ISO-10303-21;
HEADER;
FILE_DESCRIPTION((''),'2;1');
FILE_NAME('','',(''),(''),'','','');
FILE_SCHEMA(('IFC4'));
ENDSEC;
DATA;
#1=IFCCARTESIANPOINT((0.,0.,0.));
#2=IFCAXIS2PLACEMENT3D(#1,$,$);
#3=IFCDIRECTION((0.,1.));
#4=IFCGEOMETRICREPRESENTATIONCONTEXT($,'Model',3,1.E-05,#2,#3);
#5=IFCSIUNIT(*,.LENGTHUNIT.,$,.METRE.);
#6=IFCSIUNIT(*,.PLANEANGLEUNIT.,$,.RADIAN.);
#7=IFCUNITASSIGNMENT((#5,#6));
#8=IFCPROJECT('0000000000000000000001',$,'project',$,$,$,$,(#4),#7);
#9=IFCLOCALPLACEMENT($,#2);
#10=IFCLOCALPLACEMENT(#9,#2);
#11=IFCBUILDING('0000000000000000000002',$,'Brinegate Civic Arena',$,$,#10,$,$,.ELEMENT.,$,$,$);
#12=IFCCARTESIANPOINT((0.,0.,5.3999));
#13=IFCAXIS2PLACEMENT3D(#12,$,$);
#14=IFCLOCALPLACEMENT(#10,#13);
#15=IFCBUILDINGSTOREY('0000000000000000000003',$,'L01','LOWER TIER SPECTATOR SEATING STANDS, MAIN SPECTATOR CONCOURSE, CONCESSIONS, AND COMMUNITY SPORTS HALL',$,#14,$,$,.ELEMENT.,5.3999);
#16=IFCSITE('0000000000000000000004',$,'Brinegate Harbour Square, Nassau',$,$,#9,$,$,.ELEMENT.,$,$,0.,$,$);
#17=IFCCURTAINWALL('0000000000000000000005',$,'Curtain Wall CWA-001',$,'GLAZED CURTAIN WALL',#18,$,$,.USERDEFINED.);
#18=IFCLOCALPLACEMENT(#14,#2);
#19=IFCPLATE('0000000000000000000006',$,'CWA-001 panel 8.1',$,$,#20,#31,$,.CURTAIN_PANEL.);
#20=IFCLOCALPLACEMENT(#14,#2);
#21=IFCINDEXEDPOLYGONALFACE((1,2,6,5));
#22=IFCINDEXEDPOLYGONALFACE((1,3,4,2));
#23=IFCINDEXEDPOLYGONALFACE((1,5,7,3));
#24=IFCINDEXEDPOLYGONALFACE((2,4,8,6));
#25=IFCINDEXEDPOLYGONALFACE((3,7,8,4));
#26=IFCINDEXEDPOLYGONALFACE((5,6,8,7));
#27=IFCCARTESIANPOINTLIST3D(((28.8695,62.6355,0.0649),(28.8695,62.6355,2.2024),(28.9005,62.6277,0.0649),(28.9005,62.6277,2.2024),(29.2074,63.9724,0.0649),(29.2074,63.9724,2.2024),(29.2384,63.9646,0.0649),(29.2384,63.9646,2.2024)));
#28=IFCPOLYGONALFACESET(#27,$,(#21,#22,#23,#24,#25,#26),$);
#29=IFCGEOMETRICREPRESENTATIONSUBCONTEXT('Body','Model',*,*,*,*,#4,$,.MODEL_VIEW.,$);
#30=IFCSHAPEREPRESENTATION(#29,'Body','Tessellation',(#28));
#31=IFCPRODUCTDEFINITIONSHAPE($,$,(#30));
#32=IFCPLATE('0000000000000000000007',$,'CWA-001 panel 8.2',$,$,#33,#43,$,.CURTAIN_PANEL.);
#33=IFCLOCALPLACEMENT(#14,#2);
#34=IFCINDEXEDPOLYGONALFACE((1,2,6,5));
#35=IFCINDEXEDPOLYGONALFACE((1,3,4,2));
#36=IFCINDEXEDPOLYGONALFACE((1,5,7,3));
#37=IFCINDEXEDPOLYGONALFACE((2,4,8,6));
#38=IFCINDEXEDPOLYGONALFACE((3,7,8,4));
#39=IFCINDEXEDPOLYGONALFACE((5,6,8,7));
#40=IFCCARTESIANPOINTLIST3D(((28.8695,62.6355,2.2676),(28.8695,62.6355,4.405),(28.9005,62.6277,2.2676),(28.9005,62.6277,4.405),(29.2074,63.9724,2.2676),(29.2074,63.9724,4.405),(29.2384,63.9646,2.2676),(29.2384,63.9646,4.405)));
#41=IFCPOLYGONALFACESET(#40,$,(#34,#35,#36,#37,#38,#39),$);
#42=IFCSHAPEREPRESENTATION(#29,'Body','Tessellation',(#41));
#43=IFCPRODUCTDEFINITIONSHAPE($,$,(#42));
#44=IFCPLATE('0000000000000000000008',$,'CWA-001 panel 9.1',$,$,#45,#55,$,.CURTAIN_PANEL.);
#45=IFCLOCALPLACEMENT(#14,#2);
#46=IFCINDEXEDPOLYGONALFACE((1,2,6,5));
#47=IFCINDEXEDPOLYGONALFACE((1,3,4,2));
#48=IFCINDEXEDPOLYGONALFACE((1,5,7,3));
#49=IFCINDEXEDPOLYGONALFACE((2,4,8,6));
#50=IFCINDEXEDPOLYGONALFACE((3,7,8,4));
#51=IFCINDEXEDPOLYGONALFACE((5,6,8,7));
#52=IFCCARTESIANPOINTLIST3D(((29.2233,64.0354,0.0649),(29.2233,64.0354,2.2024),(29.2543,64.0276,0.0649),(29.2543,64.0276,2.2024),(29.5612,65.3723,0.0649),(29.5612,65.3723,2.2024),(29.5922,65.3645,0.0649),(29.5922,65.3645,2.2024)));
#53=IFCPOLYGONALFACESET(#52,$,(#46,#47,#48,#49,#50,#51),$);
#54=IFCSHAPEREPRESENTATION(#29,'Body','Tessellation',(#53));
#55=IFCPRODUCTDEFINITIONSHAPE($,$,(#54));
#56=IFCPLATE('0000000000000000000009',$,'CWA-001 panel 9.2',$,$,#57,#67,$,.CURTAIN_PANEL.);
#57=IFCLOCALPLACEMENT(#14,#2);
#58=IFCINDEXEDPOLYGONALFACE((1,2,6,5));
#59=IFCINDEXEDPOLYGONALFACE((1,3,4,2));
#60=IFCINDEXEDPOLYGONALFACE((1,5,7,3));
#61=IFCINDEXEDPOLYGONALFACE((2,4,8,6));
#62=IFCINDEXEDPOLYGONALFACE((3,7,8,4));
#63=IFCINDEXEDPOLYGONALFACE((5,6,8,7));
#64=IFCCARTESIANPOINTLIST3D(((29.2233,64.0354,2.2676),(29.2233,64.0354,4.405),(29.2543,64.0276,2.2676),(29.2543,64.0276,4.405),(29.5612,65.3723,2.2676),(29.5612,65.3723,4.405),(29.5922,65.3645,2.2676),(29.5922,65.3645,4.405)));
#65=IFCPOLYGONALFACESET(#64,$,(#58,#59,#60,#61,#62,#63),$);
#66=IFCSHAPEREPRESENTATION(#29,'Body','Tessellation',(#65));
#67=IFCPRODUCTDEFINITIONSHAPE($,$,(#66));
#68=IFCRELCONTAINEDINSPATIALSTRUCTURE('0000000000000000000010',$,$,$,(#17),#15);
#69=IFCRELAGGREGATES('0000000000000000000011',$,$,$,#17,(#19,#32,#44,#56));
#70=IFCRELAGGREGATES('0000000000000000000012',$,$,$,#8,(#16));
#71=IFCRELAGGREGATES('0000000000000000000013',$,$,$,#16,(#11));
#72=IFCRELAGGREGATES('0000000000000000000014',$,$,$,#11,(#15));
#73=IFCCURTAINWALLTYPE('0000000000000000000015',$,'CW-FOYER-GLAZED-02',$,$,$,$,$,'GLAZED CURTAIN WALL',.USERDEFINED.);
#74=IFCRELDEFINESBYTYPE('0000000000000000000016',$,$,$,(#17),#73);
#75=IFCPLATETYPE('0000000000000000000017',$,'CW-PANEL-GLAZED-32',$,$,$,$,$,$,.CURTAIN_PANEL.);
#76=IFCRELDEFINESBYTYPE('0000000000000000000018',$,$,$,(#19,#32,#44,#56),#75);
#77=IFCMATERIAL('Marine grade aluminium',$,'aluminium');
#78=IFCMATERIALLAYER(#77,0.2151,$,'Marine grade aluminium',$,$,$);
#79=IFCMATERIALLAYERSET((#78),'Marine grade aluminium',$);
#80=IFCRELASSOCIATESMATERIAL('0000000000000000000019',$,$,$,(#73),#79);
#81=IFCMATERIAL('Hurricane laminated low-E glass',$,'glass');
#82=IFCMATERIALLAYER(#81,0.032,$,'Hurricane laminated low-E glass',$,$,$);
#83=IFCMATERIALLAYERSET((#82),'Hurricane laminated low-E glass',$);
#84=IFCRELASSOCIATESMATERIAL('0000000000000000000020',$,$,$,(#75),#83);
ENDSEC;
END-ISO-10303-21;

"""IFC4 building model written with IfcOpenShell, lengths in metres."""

from ifc_helpers import new_model, si_unit, direction, frame, origin, origin_2d, place, context, subcontext, project, spatial, rectangle, extrude, material, layer, layer_set, type_object, element, aggregate, save


model = new_model("IFC4")

# Units and contexts
model_context = context("Model", 3, precision=1e-05, world=origin(), true_north=direction((0.0, 1.0)))
body_context = subcontext(model_context, "Body", "Model", "MODEL_VIEW")
ifc_project = project(units=[si_unit("LENGTHUNIT", "METRE"), si_unit("PLANEANGLEUNIT", "RADIAN")], contexts=[model_context])

# Site, building, storey
site_placement = place(None, origin())
site = spatial("IfcSite", under=ifc_project, at=site_placement, Name="Brinegate Harbour Square, Nassau", CompositionType="ELEMENT", RefElevation=0.0)
building_placement = place(site_placement, origin())
building = spatial("IfcBuilding", under=site, at=building_placement, Name="Brinegate Civic Arena", CompositionType="ELEMENT")
storey_placement = place(building_placement, frame((0.0, 0.0, 5.3999)))
storey = spatial("IfcBuildingStorey", under=building, at=storey_placement, Name="L01", Description="LOWER TIER SPECTATOR SEATING STANDS, MAIN SPECTATOR CONCOURSE, CONCESSIONS, AND COMMUNITY SPORTS HALL", CompositionType="ELEMENT", Elevation=5.3999)

# Curtain wall, plates
ifc_material_1 = material(Name="Marine grade aluminium", Category="aluminium")
ifc_layer_1 = layer(ifc_material_1, 0.2151, Name="Marine grade aluminium")
ifc_layer_set_1 = layer_set([ifc_layer_1], Name="Marine grade aluminium")
curtain_wall_type = type_object("IfcCurtainWallType", Name="CW-FOYER-GLAZED-02", ElementType="GLAZED CURTAIN WALL", PredefinedType="USERDEFINED", material=ifc_layer_set_1)
curtain_wall_placement = place(storey_placement, origin())
curtain_wall = element("IfcCurtainWall", 1, at=curtain_wall_placement, inside=storey, type_object=curtain_wall_type, Name="Curtain Wall CWA-001", ObjectType="GLAZED CURTAIN WALL", PredefinedType="USERDEFINED")
ifc_material_2 = material(Name="Hurricane laminated low-E glass", Category="glass")
ifc_layer_2 = layer(ifc_material_2, 0.032, Name="Hurricane laminated low-E glass")
ifc_layer_set_2 = layer_set([ifc_layer_2], Name="Hurricane laminated low-E glass")
plate_type = type_object("IfcPlateType", Name="CW-PANEL-GLAZED-32", PredefinedType="CURTAIN_PANEL", material=ifc_layer_set_2)
plate_1_placement = place(storey_placement, frame((29.054, 63.3, 0.0649), z_axis=(0.0, 0.0, 1.0), x_axis=(0.245042, 0.969513, 0.0)))
plate_1 = element("IfcPlate", 2, at=plate_1_placement, type_object=plate_type, Name="CWA-001 panel 8.1", PredefinedType="CURTAIN_PANEL", context=body_context, shape_type="SweptSolid", body=[
    extrude(rectangle(XDim=1.3789, YDim=0.032, at=origin_2d()), origin(), (0.0, 0.0, 1.0), 2.1375),
])
plate_2_placement = place(storey_placement, frame((29.054, 63.3, 2.2676), z_axis=(0.0, 0.0, 1.0), x_axis=(0.245042, 0.969513, 0.0)))
plate_2 = element("IfcPlate", 3, at=plate_2_placement, type_object=plate_type, Name="CWA-001 panel 8.2", PredefinedType="CURTAIN_PANEL", context=body_context, shape_type="SweptSolid", body=[
    extrude(rectangle(XDim=1.3789, YDim=0.032, at=origin_2d()), origin(), (0.0, 0.0, 1.0), 2.1375),
])
plate_3_placement = place(storey_placement, frame((29.4077, 64.7, 0.0649), z_axis=(0.0, 0.0, 1.0), x_axis=(0.245042, 0.969513, 0.0)))
plate_3 = element("IfcPlate", 4, at=plate_3_placement, type_object=plate_type, Name="CWA-001 panel 9.1", PredefinedType="CURTAIN_PANEL", context=body_context, shape_type="SweptSolid", body=[
    extrude(rectangle(XDim=1.3789, YDim=0.032, at=origin_2d()), origin(), (0.0, 0.0, 1.0), 2.1375),
])
plate_4_placement = place(storey_placement, frame((29.4077, 64.7, 2.2676), z_axis=(0.0, 0.0, 1.0), x_axis=(0.245042, 0.969513, 0.0)))
plate_4 = element("IfcPlate", 5, at=plate_4_placement, type_object=plate_type, Name="CWA-001 panel 9.2", PredefinedType="CURTAIN_PANEL", context=body_context, shape_type="SweptSolid", body=[
    extrude(rectangle(XDim=1.3789, YDim=0.032, at=origin_2d()), origin(), (0.0, 0.0, 1.0), 2.1375),
])
aggregate(curtain_wall, [plate_1, plate_2, plate_3, plate_4])

save(model, "model.ifc")
